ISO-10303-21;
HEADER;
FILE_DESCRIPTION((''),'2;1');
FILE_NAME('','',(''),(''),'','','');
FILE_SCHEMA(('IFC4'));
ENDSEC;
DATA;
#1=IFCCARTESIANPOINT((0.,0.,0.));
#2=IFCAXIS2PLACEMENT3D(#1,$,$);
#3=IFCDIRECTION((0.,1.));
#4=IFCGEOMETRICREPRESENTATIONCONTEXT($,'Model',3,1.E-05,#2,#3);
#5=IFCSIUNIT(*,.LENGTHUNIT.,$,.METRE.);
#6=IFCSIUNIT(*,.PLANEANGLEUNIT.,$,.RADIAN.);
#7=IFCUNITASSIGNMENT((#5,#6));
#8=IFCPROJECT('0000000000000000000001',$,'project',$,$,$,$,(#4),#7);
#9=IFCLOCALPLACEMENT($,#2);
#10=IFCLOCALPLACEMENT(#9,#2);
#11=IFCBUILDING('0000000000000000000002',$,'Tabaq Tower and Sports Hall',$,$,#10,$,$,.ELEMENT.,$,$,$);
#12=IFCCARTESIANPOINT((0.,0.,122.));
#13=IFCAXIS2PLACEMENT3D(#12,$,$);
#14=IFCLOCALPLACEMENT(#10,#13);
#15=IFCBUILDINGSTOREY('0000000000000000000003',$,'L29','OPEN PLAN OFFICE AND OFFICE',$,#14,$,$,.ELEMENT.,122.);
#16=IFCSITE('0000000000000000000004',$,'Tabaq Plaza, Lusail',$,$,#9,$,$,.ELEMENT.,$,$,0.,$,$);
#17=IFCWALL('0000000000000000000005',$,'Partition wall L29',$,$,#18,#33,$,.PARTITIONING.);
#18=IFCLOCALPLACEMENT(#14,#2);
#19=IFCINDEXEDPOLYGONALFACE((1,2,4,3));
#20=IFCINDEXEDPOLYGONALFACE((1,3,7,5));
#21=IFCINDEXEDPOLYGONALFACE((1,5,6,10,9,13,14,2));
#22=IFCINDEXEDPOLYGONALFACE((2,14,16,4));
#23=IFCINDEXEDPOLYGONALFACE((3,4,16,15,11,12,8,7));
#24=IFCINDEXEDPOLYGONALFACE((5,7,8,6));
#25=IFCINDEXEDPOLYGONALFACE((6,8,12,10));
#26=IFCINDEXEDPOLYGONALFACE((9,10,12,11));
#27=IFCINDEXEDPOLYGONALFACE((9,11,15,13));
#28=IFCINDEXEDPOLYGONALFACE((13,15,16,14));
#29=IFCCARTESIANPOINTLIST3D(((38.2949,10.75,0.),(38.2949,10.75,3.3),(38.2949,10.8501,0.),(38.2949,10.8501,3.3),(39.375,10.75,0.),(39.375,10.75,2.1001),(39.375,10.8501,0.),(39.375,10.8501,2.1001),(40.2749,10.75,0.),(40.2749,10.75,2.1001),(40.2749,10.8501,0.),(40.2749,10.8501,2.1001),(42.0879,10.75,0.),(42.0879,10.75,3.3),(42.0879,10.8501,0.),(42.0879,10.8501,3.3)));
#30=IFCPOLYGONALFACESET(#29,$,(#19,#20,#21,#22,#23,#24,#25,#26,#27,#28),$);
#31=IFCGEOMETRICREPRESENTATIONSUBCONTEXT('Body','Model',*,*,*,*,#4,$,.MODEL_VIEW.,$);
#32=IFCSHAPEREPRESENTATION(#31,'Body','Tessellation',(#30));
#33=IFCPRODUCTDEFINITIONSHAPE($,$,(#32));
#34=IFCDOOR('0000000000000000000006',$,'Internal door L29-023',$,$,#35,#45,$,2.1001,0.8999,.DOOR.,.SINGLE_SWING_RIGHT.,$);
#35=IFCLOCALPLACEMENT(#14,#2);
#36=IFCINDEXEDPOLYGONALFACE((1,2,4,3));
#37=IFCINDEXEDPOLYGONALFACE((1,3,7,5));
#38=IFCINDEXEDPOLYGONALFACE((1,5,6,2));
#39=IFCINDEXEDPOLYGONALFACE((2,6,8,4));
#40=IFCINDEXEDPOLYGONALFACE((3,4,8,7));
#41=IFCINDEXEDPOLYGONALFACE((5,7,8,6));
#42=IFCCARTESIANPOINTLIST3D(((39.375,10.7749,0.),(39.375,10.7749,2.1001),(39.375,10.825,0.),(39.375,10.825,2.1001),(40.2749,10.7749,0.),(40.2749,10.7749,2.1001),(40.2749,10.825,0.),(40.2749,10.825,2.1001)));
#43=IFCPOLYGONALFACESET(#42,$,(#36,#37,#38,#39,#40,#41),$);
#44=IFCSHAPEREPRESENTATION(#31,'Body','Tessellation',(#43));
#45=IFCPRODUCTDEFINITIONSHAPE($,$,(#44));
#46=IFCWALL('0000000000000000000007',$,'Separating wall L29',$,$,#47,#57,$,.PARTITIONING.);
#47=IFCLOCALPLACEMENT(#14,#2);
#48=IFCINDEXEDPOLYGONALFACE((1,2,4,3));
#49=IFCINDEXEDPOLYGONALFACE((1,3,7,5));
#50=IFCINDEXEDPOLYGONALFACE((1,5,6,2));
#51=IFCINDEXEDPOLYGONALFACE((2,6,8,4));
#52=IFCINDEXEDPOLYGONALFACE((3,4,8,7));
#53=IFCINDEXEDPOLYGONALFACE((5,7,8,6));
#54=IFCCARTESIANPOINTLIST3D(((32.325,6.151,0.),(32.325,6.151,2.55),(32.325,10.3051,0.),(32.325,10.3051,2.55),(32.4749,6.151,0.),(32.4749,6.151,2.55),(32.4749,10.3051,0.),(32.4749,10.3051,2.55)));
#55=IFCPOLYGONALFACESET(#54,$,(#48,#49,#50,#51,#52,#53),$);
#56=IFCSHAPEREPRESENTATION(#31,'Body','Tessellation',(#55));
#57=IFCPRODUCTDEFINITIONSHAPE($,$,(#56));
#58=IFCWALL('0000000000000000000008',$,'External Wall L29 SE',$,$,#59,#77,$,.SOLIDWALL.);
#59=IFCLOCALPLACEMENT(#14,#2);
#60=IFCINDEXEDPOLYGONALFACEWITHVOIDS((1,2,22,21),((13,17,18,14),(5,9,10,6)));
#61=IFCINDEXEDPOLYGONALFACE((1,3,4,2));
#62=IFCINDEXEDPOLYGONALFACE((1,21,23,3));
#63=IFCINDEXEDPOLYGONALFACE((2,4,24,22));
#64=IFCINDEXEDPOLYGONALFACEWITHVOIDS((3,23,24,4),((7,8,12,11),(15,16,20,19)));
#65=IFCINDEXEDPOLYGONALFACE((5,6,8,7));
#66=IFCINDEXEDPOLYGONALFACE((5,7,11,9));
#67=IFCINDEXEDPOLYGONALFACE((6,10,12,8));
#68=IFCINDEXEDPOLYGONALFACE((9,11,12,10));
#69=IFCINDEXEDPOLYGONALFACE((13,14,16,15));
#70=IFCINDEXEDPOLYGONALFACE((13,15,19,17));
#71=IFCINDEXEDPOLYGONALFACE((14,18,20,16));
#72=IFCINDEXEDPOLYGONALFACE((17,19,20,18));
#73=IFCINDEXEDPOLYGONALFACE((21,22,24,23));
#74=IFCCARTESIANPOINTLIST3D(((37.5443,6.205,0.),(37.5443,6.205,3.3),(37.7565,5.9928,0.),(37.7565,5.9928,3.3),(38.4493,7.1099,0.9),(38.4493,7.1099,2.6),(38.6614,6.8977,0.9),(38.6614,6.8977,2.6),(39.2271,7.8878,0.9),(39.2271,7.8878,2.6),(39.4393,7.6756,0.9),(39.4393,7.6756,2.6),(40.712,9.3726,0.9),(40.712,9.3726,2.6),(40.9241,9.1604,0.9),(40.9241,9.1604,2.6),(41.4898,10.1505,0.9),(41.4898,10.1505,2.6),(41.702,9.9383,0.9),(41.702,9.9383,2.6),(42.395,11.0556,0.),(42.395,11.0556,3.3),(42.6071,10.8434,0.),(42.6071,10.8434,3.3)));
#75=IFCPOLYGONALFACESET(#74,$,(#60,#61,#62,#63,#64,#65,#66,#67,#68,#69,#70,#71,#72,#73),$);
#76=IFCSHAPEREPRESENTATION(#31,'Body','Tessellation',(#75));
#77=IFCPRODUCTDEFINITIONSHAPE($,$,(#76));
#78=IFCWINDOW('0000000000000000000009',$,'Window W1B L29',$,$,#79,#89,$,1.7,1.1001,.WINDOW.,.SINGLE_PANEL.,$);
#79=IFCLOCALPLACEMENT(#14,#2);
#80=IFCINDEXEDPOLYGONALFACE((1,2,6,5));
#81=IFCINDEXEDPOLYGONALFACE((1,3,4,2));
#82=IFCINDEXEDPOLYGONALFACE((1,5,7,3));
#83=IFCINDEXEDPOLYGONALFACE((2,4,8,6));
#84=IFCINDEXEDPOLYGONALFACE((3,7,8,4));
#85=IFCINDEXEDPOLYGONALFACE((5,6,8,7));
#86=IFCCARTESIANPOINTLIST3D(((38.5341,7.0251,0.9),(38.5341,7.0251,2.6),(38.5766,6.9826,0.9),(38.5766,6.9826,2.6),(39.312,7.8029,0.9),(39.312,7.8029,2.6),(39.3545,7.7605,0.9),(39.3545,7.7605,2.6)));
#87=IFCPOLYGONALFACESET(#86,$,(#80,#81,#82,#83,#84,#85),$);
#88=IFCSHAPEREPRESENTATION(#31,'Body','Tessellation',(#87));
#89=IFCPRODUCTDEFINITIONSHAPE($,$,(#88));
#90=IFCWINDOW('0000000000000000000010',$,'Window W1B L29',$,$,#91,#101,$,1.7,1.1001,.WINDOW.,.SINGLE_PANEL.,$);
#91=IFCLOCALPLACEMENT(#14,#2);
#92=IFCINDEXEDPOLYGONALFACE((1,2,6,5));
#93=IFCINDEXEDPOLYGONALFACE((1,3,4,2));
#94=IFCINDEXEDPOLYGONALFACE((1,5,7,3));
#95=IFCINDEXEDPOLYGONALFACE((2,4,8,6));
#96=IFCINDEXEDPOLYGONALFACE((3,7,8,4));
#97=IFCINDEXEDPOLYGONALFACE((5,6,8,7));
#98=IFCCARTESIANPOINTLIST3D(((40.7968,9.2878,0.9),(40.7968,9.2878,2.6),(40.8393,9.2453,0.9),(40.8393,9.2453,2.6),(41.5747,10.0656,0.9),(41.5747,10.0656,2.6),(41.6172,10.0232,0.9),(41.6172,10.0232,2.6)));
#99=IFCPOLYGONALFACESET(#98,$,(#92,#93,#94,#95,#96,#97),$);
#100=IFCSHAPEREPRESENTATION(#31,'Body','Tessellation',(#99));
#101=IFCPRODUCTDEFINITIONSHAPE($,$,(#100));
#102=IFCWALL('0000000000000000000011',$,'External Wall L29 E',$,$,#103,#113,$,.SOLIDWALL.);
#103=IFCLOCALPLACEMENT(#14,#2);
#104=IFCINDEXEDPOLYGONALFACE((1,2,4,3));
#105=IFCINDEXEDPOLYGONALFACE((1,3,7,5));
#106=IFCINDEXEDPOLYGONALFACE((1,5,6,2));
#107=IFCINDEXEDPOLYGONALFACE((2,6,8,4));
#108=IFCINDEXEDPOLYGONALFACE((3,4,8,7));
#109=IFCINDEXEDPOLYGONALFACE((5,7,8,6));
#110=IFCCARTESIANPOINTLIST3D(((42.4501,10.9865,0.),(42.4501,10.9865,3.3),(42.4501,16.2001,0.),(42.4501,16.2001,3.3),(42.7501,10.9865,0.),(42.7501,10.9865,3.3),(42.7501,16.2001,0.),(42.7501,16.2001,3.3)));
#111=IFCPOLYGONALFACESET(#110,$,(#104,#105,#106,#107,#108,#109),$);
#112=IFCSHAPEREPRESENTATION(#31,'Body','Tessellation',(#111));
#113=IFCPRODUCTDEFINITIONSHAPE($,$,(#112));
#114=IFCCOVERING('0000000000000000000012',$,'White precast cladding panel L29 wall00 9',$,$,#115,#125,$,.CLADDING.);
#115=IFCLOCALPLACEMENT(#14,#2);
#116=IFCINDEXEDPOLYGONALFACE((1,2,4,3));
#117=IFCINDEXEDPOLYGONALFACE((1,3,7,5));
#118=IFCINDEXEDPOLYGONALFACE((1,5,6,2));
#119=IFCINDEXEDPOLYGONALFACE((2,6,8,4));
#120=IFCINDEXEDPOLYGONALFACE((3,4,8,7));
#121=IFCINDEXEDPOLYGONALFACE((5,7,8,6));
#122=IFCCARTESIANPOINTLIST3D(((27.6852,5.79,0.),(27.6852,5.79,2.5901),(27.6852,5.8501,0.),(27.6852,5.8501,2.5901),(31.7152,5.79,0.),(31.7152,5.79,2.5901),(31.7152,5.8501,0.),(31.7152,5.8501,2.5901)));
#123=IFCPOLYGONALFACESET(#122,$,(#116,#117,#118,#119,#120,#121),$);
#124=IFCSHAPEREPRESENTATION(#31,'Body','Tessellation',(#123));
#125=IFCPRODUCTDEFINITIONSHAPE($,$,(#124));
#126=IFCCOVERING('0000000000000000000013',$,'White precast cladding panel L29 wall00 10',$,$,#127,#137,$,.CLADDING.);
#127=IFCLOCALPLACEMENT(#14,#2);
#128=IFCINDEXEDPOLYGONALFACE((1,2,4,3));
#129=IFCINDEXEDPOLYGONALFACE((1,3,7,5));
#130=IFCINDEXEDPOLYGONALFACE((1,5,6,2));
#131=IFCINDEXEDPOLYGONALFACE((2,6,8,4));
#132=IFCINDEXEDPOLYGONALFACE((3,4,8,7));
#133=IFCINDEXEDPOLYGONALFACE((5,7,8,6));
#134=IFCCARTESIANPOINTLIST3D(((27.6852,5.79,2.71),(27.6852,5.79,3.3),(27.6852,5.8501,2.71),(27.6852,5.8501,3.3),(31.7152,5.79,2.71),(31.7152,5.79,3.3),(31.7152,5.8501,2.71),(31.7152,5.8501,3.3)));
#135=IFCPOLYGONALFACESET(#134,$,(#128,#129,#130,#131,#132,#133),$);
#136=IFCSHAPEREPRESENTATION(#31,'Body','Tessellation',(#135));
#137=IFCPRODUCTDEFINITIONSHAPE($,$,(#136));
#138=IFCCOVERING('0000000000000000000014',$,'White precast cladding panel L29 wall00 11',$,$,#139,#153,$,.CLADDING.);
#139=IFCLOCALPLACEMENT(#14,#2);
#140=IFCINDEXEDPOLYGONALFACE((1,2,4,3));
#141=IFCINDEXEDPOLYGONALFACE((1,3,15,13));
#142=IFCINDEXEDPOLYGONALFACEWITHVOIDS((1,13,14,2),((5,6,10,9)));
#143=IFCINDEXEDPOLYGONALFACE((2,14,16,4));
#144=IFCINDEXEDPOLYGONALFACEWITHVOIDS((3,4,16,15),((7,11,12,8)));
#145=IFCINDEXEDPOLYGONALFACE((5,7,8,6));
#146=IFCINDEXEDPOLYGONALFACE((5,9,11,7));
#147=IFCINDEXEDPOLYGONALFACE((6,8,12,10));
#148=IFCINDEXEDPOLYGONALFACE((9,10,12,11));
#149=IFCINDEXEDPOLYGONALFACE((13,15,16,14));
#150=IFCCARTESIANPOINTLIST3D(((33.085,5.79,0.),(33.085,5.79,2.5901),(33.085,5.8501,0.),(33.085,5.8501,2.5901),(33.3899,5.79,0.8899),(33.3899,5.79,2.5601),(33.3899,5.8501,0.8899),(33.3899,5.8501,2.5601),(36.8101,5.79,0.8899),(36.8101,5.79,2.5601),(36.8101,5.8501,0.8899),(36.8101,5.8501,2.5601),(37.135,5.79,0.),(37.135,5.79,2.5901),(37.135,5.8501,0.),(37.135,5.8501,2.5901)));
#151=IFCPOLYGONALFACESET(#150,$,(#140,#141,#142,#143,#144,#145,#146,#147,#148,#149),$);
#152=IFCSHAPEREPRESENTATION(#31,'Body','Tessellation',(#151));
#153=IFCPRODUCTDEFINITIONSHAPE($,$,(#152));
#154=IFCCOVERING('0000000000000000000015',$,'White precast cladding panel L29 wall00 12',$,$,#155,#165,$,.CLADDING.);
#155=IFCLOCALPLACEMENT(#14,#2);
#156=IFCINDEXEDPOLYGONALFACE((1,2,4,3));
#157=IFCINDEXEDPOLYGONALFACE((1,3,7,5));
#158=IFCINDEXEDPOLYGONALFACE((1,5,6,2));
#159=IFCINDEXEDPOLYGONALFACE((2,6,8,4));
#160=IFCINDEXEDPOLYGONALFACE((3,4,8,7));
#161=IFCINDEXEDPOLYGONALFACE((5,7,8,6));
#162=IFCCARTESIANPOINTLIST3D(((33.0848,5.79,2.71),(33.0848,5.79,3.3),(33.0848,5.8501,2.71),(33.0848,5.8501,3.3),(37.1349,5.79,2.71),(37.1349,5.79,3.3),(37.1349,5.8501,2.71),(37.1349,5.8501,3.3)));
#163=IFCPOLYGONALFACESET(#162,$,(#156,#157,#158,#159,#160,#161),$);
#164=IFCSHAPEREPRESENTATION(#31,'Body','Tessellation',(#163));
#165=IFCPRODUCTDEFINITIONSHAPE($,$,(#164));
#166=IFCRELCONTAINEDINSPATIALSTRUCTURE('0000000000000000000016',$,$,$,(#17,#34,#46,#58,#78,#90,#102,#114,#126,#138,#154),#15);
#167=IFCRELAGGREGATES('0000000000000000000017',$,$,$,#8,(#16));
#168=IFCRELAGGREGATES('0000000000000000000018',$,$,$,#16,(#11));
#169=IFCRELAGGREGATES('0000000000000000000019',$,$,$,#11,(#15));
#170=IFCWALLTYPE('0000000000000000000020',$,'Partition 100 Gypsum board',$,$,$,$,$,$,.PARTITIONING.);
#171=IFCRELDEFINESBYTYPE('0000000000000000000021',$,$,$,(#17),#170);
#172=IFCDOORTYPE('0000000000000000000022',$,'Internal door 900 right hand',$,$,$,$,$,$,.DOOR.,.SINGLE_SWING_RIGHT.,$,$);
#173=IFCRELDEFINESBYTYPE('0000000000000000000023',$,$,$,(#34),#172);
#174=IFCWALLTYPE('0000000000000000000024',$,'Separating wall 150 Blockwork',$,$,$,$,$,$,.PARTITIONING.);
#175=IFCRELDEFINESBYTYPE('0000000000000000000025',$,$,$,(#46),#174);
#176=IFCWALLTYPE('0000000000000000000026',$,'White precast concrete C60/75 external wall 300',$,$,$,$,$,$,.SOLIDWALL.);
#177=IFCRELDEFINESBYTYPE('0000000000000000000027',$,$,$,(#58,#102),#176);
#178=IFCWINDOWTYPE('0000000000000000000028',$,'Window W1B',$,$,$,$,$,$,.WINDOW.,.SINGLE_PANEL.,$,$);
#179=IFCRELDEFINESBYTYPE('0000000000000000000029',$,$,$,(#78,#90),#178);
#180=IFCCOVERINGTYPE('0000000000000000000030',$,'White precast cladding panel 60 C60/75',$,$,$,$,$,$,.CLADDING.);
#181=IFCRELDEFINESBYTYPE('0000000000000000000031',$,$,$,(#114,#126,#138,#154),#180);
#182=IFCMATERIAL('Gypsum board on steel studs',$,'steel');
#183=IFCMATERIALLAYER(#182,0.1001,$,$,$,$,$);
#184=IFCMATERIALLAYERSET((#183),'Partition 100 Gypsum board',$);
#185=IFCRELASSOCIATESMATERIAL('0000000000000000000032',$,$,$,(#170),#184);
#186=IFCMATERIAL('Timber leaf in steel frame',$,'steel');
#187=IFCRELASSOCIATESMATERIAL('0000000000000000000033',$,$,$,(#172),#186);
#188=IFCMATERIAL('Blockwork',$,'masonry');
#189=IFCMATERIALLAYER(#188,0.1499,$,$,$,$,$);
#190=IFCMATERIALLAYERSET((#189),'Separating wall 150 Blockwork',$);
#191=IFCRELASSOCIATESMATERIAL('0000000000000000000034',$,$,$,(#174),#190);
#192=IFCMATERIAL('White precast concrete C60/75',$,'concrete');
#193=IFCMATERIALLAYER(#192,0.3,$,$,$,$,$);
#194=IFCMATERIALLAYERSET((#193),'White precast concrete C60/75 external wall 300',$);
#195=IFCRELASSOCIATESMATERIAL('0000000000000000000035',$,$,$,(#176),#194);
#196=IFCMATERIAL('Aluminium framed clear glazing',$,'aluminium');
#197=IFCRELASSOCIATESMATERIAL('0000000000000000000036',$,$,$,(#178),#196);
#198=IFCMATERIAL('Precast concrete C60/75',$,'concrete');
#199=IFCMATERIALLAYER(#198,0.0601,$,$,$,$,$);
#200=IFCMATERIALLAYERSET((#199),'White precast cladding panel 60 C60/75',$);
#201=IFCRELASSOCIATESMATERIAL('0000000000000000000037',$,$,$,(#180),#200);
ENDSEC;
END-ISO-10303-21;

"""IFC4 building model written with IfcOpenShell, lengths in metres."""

from ifc_helpers import new_model, si_unit, direction, frame, frame_2d, origin, place, context, subcontext, project, spatial, polyline, rectangle, outline, extrude, material, layer, layer_set, type_object, element, fill, save


model = new_model("IFC4")

# Units and contexts
model_context = context("Model", 3, precision=1e-05, world=origin(), true_north=direction((0.0, 1.0)))
body_context = subcontext(model_context, "Body", "Model", "MODEL_VIEW")
ifc_project = project(units=[si_unit("LENGTHUNIT", "METRE"), si_unit("PLANEANGLEUNIT", "RADIAN")], contexts=[model_context])

# Site, building, storey
site_placement = place(None, origin())
site = spatial("IfcSite", under=ifc_project, at=site_placement, Name="Tabaq Plaza, Lusail", CompositionType="ELEMENT", RefElevation=0.0)
building_placement = place(site_placement, origin())
building = spatial("IfcBuilding", under=site, at=building_placement, Name="Tabaq Tower and Sports Hall", CompositionType="ELEMENT")
storey_placement = place(building_placement, frame((0.0, 0.0, 122.0)))
storey = spatial("IfcBuildingStorey", under=building, at=storey_placement, Name="L29", Description="OPEN PLAN OFFICE AND OFFICE", CompositionType="ELEMENT", Elevation=122.0)

# Wall, opening, door
ifc_material_1 = material(Name="Gypsum board on steel studs", Category="steel")
ifc_layer_1 = layer(ifc_material_1, 0.1001)
ifc_layer_set_1 = layer_set([ifc_layer_1], Name="Partition 100 Gypsum board")
wall_type_1 = type_object("IfcWallType", Name="Partition 100 Gypsum board", PredefinedType="PARTITIONING", material=ifc_layer_set_1)
ifc_material_2 = material(Name="Timber leaf in steel frame", Category="steel")
door_type_1 = type_object("IfcDoorType", Name="Internal door 900 right hand", OperationType="SINGLE_SWING_RIGHT", PredefinedType="DOOR", material=ifc_material_2)
wall_1_placement = place(storey_placement, frame((38.2949, 10.8, 0.0), z_axis=(0.0, 0.0, 1.0), x_axis=(1.0, 0.0, 0.0)))
wall_1 = element("IfcWall", 1, at=wall_1_placement, inside=storey, type_object=wall_type_1, Name="Partition wall L29", PredefinedType="PARTITIONING", context=body_context, shape_type="SweptSolid", body=[
    extrude(rectangle(XDim=3.793, YDim=0.1001, at=frame_2d((1.8965, 0.0))), origin(), (0.0, 0.0, 1.0), 3.3),
])
opening_1_placement = place(wall_1_placement, frame((1.0801, 0.0, 0.0)))
opening_1 = element("IfcOpeningElement", 2, at=opening_1_placement, cuts=wall_1, PredefinedType="OPENING", context=body_context, shape_type="SweptSolid", body=[
    extrude(rectangle(XDim=0.8999, YDim=2.1001, at=frame_2d((0.45, 1.05))), frame((0.0, 0.05, 0.0), z_axis=(0.0, -1.0, 0.0), x_axis=(1.0, 0.0, 0.0)), (0.0, 0.0, 1.0), 0.1001),
])
door_1_placement = place(opening_1_placement, origin())
door_1 = element("IfcDoor", 3, at=door_1_placement, inside=storey, type_object=door_type_1, Name="Internal door L29-023", OperationType="SINGLE_SWING_RIGHT", OverallHeight=2.1001, OverallWidth=0.8999, PredefinedType="DOOR", context=body_context, shape_type="SweptSolid", body=[
    extrude(rectangle(XDim=0.8999, YDim=2.1001, at=frame_2d((0.45, 1.05))), frame((0.0, 0.0249, 0.0), z_axis=(0.0, -1.0, 0.0), x_axis=(1.0, 0.0, 0.0)), (0.0, 0.0, 1.0), 0.05),
])
fill(opening_1, door_1)

# Wall
ifc_material_3 = material(Name="Blockwork", Category="masonry")
ifc_layer_2 = layer(ifc_material_3, 0.1499)
ifc_layer_set_2 = layer_set([ifc_layer_2], Name="Separating wall 150 Blockwork")
wall_type_2 = type_object("IfcWallType", Name="Separating wall 150 Blockwork", PredefinedType="PARTITIONING", material=ifc_layer_set_2)
wall_2_placement = place(storey_placement, frame((32.3999, 6.1509, 0.0), z_axis=(0.0, 0.0, 1.0), x_axis=(0.0, 1.0, 0.0)))
element("IfcWall", 4, at=wall_2_placement, inside=storey, type_object=wall_type_2, Name="Separating wall L29", PredefinedType="PARTITIONING", context=body_context, shape_type="SweptSolid", body=[
    extrude(rectangle(XDim=4.1541, YDim=0.1499, at=frame_2d((2.0771, 0.0))), origin(), (0.0, 0.0, 1.0), 2.55),
])

# Wall, openings, windows
ifc_material_4 = material(Name="White precast concrete C60/75", Category="concrete")
ifc_layer_3 = layer(ifc_material_4, 0.3)
ifc_layer_set_3 = layer_set([ifc_layer_3], Name="White precast concrete C60/75 external wall 300")
wall_type_3 = type_object("IfcWallType", Name="White precast concrete C60/75 external wall 300", PredefinedType="SOLIDWALL", material=ifc_layer_set_3)
wall_3_placement = place(storey_placement, frame((37.6504, 6.0989, 0.0), z_axis=(0.0, 0.0, 1.0), x_axis=(0.707107, 0.707107, 0.0)))
wall_3 = element("IfcWall", 5, at=wall_3_placement, inside=storey, type_object=wall_type_3, Name="External Wall L29 SE", PredefinedType="SOLIDWALL", context=body_context, shape_type="SweptSolid", body=[
    extrude(rectangle(XDim=6.8599, YDim=0.3, at=frame_2d((3.4299, 0.0))), origin(), (0.0, 0.0, 1.0), 3.3),
])
opening_2_placement = place(wall_3_placement, frame((1.2798, 0.0, 0.8999)))
opening_2 = element("IfcOpeningElement", 6, at=opening_2_placement, cuts=wall_3, PredefinedType="OPENING", context=body_context, shape_type="SweptSolid", body=[
    extrude(rectangle(XDim=1.1001, YDim=1.7, at=frame_2d((0.55, 0.8501))), frame((0.0, 0.1602, 0.0), z_axis=(0.0, -1.0, 0.0), x_axis=(1.0, 0.0, 0.0)), (0.0, 0.0, 1.0), 0.3201),
])
opening_3_placement = place(wall_3_placement, frame((4.4797, 0.0, 0.8999)))
opening_3 = element("IfcOpeningElement", 7, at=opening_3_placement, cuts=wall_3, PredefinedType="OPENING", context=body_context, shape_type="SweptSolid", body=[
    extrude(rectangle(XDim=1.1001, YDim=1.7, at=frame_2d((0.55, 0.8501))), frame((0.0, 0.1602, 0.0), z_axis=(0.0, -1.0, 0.0), x_axis=(1.0, 0.0, 0.0)), (0.0, 0.0, 1.0), 0.3201),
])
ifc_material_5 = material(Name="Aluminium framed clear glazing", Category="aluminium")
window_type = type_object("IfcWindowType", Name="Window W1B", PartitioningType="SINGLE_PANEL", PredefinedType="WINDOW", material=ifc_material_5)
window_1_placement = place(opening_2_placement, origin())
window_1 = element("IfcWindow", 8, at=window_1_placement, inside=storey, type_object=window_type, Name="Window W1B L29", OverallHeight=1.7, OverallWidth=1.1001, PartitioningType="SINGLE_PANEL", PredefinedType="WINDOW", context=body_context, shape_type="SweptSolid", body=[
    extrude(rectangle(XDim=1.1001, YDim=1.7, at=frame_2d((0.55, 0.8501))), frame((0.0, 0.03, 0.0), z_axis=(0.0, -1.0, 0.0), x_axis=(1.0, 0.0, 0.0)), (0.0, 0.0, 1.0), 0.0601),
])
fill(opening_2, window_1)
window_2_placement = place(opening_3_placement, origin())
window_2 = element("IfcWindow", 9, at=window_2_placement, inside=storey, type_object=window_type, Name="Window W1B L29", OverallHeight=1.7, OverallWidth=1.1001, PartitioningType="SINGLE_PANEL", PredefinedType="WINDOW", context=body_context, shape_type="SweptSolid", body=[
    extrude(rectangle(XDim=1.1001, YDim=1.7, at=frame_2d((0.55, 0.8501))), frame((0.0, 0.03, 0.0), z_axis=(0.0, -1.0, 0.0), x_axis=(1.0, 0.0, 0.0)), (0.0, 0.0, 1.0), 0.0601),
])
fill(opening_3, window_2)

# Wall
wall_4_placement = place(storey_placement, frame((42.6001, 10.9863, 0.0), z_axis=(0.0, 0.0, 1.0), x_axis=(0.0, 1.0, 0.0)))
element("IfcWall", 10, at=wall_4_placement, inside=storey, type_object=wall_type_3, Name="External Wall L29 E", PredefinedType="SOLIDWALL", context=body_context, shape_type="SweptSolid", body=[
    extrude(rectangle(XDim=5.2136, YDim=0.3, at=frame_2d((2.6069, 0.0))), origin(), (0.0, 0.0, 1.0), 3.3),
])

# Coverings
ifc_material_6 = material(Name="Precast concrete C60/75", Category="concrete")
ifc_layer_4 = layer(ifc_material_6, 0.0601)
ifc_layer_set_4 = layer_set([ifc_layer_4], Name="White precast cladding panel 60 C60/75")
covering_type = type_object("IfcCoveringType", Name="White precast cladding panel 60 C60/75", PredefinedType="CLADDING", material=ifc_layer_set_4)
covering_1_placement = place(storey_placement, frame((27.6851, 5.8201, 0.0), z_axis=(0.0, 0.0, 1.0), x_axis=(1.0, 0.0, 0.0)))
element("IfcCovering", 11, at=covering_1_placement, inside=storey, type_object=covering_type, Name="White precast cladding panel L29 wall00 9", PredefinedType="CLADDING", context=body_context, shape_type="SweptSolid", body=[
    extrude(rectangle(XDim=4.03, YDim=0.0601, at=frame_2d((2.0151, 0.0))), origin(), (0.0, 0.0, 1.0), 2.5901),
])
covering_2_placement = place(storey_placement, frame((27.6851, 5.8201, 2.71), z_axis=(0.0, 0.0, 1.0), x_axis=(1.0, 0.0, 0.0)))
element("IfcCovering", 12, at=covering_2_placement, inside=storey, type_object=covering_type, Name="White precast cladding panel L29 wall00 10", PredefinedType="CLADDING", context=body_context, shape_type="SweptSolid", body=[
    extrude(rectangle(XDim=4.03, YDim=0.0601, at=frame_2d((2.0151, 0.0))), origin(), (0.0, 0.0, 1.0), 0.5901),
])
covering_3_placement = place(storey_placement, frame((33.085, 5.8201, 0.0), z_axis=(0.0, 0.0, 1.0), x_axis=(1.0, 0.0, 0.0)))
element("IfcCovering", 13, at=covering_3_placement, inside=storey, type_object=covering_type, Name="White precast cladding panel L29 wall00 11", PredefinedType="CLADDING", context=body_context, shape_type="SweptSolid", body=[
    extrude(outline(polyline([(0.0, 0.0), (4.05, 0.0), (4.05, 2.5901), (0.0, 2.5901), (0.0, 0.0)]), holes=[polyline([(3.7251, 0.8899), (0.3049, 0.8899), (0.3049, 2.5601), (3.7251, 2.5601), (3.7251, 0.8899)])]), frame((0.0, 0.03, 0.0), z_axis=(0.0, -1.0, 0.0), x_axis=(1.0, 0.0, 0.0)), (0.0, 0.0, 1.0), 0.0601),
])
covering_4_placement = place(storey_placement, frame((33.085, 5.8201, 2.71), z_axis=(0.0, 0.0, 1.0), x_axis=(1.0, 0.0, 0.0)))
element("IfcCovering", 14, at=covering_4_placement, inside=storey, type_object=covering_type, Name="White precast cladding panel L29 wall00 12", PredefinedType="CLADDING", context=body_context, shape_type="SweptSolid", body=[
    extrude(rectangle(XDim=4.05, YDim=0.0601, at=frame_2d((2.0249, 0.0))), origin(), (0.0, 0.0, 1.0), 0.5901),
])

save(model, "model.ifc")
